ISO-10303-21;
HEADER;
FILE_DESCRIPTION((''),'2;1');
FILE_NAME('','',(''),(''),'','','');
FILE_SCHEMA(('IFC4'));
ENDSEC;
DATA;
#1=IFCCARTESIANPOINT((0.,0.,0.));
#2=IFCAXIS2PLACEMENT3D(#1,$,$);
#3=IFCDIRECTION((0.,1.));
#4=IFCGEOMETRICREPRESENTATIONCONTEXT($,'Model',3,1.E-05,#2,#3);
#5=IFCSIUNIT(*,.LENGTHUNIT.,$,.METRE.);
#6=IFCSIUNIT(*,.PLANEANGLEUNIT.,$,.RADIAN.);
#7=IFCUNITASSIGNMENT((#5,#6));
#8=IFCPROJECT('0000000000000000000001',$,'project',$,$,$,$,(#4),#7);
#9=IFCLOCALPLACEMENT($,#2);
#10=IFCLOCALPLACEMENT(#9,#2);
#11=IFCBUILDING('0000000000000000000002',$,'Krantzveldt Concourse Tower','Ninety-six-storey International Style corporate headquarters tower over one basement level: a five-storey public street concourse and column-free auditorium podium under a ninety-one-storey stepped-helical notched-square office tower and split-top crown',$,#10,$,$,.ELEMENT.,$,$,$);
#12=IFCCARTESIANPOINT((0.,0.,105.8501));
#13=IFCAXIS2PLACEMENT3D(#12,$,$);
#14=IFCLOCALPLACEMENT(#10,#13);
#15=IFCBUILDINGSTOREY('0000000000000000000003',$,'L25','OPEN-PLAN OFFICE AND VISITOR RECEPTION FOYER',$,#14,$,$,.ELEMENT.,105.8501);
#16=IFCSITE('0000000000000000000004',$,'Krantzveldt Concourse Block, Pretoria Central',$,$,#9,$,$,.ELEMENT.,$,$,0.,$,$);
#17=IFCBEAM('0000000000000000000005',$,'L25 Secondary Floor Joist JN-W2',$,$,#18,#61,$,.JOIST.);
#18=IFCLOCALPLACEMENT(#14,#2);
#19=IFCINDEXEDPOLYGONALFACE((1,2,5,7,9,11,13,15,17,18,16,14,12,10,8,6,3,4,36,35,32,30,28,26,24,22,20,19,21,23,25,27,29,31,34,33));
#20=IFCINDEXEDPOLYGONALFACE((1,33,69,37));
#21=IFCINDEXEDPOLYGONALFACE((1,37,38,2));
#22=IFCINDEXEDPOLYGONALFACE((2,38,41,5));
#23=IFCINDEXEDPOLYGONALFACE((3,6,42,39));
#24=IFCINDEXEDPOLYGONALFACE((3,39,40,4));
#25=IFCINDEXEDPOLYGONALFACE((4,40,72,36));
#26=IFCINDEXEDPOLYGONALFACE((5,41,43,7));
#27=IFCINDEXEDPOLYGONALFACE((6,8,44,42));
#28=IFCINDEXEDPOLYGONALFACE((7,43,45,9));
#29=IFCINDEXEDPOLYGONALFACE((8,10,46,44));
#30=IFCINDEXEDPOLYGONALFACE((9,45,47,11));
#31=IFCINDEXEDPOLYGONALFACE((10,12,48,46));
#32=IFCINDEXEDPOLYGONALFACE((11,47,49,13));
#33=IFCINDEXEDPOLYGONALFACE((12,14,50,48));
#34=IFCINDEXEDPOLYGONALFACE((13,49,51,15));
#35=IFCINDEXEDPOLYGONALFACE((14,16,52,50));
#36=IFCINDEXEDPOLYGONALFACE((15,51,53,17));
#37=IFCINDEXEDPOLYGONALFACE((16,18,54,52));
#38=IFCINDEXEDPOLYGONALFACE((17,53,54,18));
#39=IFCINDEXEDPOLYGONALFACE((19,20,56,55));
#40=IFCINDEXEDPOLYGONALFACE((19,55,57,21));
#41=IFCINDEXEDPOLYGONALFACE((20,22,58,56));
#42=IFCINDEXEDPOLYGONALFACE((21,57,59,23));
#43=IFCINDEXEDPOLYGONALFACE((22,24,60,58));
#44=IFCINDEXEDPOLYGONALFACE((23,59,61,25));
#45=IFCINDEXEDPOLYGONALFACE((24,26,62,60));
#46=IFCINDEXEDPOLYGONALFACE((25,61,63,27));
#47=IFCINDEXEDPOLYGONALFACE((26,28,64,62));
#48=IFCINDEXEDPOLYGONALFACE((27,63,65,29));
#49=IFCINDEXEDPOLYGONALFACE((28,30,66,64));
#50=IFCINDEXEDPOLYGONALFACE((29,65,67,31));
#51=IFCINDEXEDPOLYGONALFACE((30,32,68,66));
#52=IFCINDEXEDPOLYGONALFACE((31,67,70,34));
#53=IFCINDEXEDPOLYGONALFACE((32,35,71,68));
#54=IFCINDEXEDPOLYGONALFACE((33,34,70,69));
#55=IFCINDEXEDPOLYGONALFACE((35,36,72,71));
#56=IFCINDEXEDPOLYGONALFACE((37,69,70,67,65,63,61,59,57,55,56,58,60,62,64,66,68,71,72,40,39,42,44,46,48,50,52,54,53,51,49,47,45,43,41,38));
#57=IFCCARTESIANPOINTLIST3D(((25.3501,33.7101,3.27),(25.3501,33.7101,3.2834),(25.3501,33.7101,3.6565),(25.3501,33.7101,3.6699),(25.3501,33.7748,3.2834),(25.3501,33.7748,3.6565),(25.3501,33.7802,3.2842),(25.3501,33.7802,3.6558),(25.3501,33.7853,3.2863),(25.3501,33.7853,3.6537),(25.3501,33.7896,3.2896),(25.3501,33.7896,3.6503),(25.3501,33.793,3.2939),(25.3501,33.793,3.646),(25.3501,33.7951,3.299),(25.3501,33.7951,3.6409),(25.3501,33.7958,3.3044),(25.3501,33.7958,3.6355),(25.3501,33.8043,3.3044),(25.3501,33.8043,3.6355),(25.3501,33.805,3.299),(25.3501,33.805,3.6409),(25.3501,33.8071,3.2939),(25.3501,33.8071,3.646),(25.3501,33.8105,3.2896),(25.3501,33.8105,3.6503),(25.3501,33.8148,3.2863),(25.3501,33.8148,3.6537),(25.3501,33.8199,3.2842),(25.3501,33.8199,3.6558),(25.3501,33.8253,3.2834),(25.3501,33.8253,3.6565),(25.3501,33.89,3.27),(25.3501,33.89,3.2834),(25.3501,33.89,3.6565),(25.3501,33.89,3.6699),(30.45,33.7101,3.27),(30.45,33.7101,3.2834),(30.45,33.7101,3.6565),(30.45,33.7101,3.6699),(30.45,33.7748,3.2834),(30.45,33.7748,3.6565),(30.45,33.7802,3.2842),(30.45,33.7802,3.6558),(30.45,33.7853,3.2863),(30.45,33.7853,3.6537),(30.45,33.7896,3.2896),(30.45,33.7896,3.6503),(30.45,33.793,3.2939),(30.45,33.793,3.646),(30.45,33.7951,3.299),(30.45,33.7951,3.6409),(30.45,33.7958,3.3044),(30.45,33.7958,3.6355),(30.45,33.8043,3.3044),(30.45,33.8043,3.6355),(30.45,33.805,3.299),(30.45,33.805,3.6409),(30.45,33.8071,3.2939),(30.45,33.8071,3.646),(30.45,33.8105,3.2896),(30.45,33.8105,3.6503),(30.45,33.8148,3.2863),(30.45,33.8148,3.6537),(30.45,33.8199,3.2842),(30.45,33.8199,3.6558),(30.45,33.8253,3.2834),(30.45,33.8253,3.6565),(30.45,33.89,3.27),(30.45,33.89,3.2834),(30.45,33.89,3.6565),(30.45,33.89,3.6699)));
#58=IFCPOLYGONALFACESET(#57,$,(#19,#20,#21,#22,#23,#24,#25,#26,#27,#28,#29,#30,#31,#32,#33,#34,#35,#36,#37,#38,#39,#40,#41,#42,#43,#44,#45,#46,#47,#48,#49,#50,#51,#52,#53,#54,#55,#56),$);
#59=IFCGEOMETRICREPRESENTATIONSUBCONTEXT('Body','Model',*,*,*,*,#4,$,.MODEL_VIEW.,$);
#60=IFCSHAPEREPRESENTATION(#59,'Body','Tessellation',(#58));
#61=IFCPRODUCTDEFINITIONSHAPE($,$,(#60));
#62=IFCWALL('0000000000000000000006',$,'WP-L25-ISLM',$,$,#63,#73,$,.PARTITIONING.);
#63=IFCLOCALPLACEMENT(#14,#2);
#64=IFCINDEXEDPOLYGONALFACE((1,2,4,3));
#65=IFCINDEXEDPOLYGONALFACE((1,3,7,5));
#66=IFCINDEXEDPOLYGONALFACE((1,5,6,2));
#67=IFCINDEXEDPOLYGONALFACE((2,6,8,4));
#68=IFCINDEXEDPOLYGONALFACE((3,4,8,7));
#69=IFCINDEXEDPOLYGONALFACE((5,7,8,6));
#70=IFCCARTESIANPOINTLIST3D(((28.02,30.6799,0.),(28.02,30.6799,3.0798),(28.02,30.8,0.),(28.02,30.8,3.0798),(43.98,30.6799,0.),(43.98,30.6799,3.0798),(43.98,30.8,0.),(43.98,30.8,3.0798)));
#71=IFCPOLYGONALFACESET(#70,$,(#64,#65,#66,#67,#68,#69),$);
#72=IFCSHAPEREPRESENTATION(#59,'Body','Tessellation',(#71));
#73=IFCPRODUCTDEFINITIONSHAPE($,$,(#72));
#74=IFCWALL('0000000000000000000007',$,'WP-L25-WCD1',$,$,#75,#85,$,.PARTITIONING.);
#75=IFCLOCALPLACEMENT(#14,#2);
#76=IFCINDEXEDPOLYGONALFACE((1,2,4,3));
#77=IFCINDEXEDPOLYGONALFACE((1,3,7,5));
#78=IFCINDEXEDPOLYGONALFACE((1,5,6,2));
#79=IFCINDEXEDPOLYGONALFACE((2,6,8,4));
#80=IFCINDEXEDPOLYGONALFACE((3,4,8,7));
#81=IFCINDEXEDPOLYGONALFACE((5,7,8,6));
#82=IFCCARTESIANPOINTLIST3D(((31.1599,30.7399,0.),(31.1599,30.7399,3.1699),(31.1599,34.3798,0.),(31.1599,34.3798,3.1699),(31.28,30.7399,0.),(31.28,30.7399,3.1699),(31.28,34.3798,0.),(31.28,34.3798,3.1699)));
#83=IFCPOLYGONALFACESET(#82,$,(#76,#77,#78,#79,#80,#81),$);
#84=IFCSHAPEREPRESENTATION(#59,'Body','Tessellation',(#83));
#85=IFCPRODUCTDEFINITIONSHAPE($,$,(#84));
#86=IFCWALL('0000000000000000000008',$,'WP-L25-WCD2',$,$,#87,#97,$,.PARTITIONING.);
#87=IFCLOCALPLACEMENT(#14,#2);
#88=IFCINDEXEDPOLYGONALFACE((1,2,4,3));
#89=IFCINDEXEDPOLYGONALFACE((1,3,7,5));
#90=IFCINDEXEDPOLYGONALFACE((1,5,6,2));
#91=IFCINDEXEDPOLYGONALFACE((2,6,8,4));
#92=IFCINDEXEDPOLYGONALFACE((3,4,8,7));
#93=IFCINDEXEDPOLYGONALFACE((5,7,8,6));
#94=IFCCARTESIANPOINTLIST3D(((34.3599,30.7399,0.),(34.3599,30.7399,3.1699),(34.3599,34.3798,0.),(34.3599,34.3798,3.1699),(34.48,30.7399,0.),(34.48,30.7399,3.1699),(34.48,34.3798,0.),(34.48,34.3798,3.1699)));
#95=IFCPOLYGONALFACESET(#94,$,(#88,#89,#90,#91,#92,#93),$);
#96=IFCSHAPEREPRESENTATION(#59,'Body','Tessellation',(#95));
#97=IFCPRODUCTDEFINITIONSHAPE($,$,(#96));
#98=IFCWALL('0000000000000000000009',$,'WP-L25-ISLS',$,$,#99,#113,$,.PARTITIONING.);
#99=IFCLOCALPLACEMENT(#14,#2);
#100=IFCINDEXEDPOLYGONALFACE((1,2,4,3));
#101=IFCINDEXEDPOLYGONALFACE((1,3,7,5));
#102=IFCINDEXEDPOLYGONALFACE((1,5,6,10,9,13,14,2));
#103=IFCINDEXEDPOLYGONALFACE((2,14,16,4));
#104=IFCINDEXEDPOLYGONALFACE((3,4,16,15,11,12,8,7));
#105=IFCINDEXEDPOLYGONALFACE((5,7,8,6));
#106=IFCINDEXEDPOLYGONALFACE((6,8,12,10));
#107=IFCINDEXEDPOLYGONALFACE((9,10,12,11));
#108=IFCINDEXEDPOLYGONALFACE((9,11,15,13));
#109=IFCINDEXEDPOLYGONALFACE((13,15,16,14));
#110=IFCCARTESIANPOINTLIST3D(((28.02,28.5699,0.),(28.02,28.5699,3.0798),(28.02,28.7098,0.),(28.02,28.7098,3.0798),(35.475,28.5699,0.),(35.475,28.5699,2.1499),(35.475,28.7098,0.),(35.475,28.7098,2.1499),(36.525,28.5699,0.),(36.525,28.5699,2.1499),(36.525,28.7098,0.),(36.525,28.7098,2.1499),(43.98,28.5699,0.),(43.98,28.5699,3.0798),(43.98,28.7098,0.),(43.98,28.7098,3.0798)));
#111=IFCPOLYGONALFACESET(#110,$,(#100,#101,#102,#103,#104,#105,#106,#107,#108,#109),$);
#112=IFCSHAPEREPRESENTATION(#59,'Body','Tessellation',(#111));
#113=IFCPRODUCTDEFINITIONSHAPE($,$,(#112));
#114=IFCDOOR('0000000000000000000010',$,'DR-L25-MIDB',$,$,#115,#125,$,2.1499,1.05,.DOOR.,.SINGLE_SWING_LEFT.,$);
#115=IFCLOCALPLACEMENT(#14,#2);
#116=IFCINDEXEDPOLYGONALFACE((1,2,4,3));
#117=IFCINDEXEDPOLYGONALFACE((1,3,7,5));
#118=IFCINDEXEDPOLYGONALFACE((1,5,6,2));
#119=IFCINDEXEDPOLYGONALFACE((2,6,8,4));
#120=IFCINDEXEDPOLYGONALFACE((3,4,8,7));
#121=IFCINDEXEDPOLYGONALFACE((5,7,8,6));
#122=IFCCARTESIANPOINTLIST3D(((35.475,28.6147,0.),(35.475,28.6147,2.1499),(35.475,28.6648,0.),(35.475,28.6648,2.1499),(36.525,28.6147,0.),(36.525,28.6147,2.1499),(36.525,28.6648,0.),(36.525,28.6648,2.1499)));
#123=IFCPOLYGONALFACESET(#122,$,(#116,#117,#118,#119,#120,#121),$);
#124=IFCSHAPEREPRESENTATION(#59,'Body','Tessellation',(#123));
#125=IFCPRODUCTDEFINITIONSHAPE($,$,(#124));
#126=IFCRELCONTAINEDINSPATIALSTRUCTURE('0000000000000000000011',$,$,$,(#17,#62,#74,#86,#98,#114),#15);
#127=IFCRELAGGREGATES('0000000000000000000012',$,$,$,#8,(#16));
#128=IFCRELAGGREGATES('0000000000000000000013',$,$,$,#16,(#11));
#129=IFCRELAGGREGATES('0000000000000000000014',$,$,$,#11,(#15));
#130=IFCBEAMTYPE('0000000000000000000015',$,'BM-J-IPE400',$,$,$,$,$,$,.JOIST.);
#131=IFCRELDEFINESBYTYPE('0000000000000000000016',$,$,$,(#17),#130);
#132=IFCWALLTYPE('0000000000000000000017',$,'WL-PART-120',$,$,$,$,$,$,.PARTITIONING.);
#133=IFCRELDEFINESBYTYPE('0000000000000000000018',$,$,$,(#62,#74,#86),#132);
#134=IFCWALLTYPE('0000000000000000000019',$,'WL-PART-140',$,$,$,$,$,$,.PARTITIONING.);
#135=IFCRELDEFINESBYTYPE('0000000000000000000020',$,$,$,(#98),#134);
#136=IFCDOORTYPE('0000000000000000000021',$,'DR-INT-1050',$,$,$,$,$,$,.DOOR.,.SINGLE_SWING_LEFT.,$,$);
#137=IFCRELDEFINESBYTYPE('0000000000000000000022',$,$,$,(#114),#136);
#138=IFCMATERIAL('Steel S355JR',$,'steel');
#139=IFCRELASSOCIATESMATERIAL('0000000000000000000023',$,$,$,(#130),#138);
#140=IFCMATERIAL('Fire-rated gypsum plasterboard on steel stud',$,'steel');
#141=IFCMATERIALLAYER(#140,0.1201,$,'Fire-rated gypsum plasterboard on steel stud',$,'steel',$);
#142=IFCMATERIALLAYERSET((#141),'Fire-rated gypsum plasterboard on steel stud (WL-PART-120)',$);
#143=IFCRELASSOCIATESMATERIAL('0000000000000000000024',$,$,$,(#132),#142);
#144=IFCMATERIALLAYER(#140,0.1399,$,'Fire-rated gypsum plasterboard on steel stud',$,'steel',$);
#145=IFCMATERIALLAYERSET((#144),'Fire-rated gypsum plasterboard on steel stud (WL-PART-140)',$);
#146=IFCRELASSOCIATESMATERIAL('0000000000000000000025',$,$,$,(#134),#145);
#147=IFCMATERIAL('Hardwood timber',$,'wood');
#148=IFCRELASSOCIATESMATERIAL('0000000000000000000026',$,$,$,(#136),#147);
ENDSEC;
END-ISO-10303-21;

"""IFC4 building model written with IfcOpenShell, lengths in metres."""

from ifc_helpers import new_model, si_unit, direction, frame, frame_2d, origin, origin_2d, place, context, subcontext, project, spatial, rectangle, i_section, extrude, source, transform, mapped, material, layer, layer_set, material_profile, profile_set, type_object, type_shapes, element, fill, save


model = new_model("IFC4")

# Units and contexts
model_context = context("Model", 3, precision=1e-05, world=origin(), true_north=direction((0.0, 1.0)))
body_context = subcontext(model_context, "Body", "Model", "MODEL_VIEW")
ifc_project = project(units=[si_unit("LENGTHUNIT", "METRE"), si_unit("PLANEANGLEUNIT", "RADIAN")], contexts=[model_context])

# Site, building, storey
site_placement = place(None, origin())
site = spatial("IfcSite", under=ifc_project, at=site_placement, Name="Krantzveldt Concourse Block, Pretoria Central", CompositionType="ELEMENT", RefElevation=0.0)
building_placement = place(site_placement, origin())
building = spatial("IfcBuilding", under=site, at=building_placement, Name="Krantzveldt Concourse Tower", Description="Ninety-six-storey International Style corporate headquarters tower over one basement level: a five-storey public street concourse and column-free auditorium podium under a ninety-one-storey stepped-helical notched-square office tower and split-top crown", CompositionType="ELEMENT")
storey_placement = place(building_placement, frame((0.0, 0.0, 105.8501)))
storey = spatial("IfcBuildingStorey", under=building, at=storey_placement, Name="L25", Description="OPEN-PLAN OFFICE AND VISITOR RECEPTION FOYER", CompositionType="ELEMENT", Elevation=105.8501)

# Beam
ifc_material_1 = material(Name="Steel S355JR", Category="steel")
ifc_material_profile_1 = material_profile(ifc_material_1, i_section(OverallWidth=0.1799, OverallDepth=0.3999, WebThickness=0.0085, FlangeThickness=0.0134, FilletRadius=0.021, at=origin_2d()), Name="Steel S355JR", Category="steel")
ifc_profile_set_1 = profile_set([ifc_material_profile_1], Name="Steel S355JR - IPE 400")
beam_type_1 = type_object("IfcBeamType", Name="BM-J-IPE400", PredefinedType="JOIST", material=ifc_profile_set_1)
shared_shape_1 = source(origin(), body_context, "Body", "SweptSolid", [
    extrude(i_section(OverallWidth=0.1799, OverallDepth=0.3999, WebThickness=0.0085, FlangeThickness=0.0134, FilletRadius=0.021, at=origin_2d()), origin(), (0.0, 0.0, 1.0), 5.0999),
])
type_shapes(beam_type_1, [shared_shape_1])
beam_1_placement = place(storey_placement, frame((25.3501, 33.8, 3.47), z_axis=(1.0, 0.0, 0.0), x_axis=(0.0, 1.0, 0.0)))
element("IfcBeam", 1, at=beam_1_placement, inside=storey, type_object=beam_type_1, Name="L25 Secondary Floor Joist JN-W2", PredefinedType="JOIST", context=body_context, shape_type="MappedRepresentation", body=[
    mapped(shared_shape_1, transform((0.0, 0.0, 0.0), x_axis=(1.0, 0.0, 0.0), y_axis=(0.0, 1.0, 0.0), z_axis=(0.0, 0.0, 1.0), scale=1.0)),
])

# Walls
ifc_material_2 = material(Name="Fire-rated gypsum plasterboard on steel stud", Category="steel")
ifc_layer_1 = layer(ifc_material_2, 0.1201, Name="Fire-rated gypsum plasterboard on steel stud", Category="steel")
ifc_layer_set_1 = layer_set([ifc_layer_1], Name="Fire-rated gypsum plasterboard on steel stud (WL-PART-120)")
wall_type_1 = type_object("IfcWallType", Name="WL-PART-120", PredefinedType="PARTITIONING", material=ifc_layer_set_1)
wall_1_placement = place(storey_placement, frame((28.02, 30.74, 0.0), z_axis=(0.0, 0.0, 1.0), x_axis=(1.0, 0.0, 0.0)))
element("IfcWall", 2, at=wall_1_placement, inside=storey, type_object=wall_type_1, Name="WP-L25-ISLM", PredefinedType="PARTITIONING", context=body_context, shape_type="SweptSolid", body=[
    extrude(rectangle(XDim=15.96, YDim=0.1201, at=frame_2d((7.98, 0.0))), origin(), (0.0, 0.0, 1.0), 3.0798),
])
for number, where, z_axis, x_axis, name in (
    (3, (31.22, 30.74, 0.0), (0.0, 0.0, 1.0), (0.0, 1.0, 0.0), "WP-L25-WCD1"),
    (4, (34.4199, 30.74, 0.0), (0.0, 0.0, 1.0), (0.0, 1.0, 0.0), "WP-L25-WCD2"),
):
    element("IfcWall", number, at=place(storey_placement, frame(where, z_axis=z_axis, x_axis=x_axis)), inside=storey, type_object=wall_type_1, Name=name, PredefinedType="PARTITIONING", context=body_context, shape_type="SweptSolid", body=[
        extrude(rectangle(XDim=3.6399, YDim=0.1201, at=frame_2d((1.8198, 0.0))), origin(), (0.0, 0.0, 1.0), 3.1699),
    ])

# Wall, opening, door
ifc_layer_2 = layer(ifc_material_2, 0.1399, Name="Fire-rated gypsum plasterboard on steel stud", Category="steel")
ifc_layer_set_2 = layer_set([ifc_layer_2], Name="Fire-rated gypsum plasterboard on steel stud (WL-PART-140)")
wall_type_2 = type_object("IfcWallType", Name="WL-PART-140", PredefinedType="PARTITIONING", material=ifc_layer_set_2)
wall_2_placement = place(storey_placement, frame((28.02, 28.6399, 0.0), z_axis=(0.0, 0.0, 1.0), x_axis=(1.0, 0.0, 0.0)))
wall_2 = element("IfcWall", 5, at=wall_2_placement, inside=storey, type_object=wall_type_2, Name="WP-L25-ISLS", PredefinedType="PARTITIONING", context=body_context, shape_type="SweptSolid", body=[
    extrude(rectangle(XDim=15.96, YDim=0.1399, at=frame_2d((7.98, 0.0))), origin(), (0.0, 0.0, 1.0), 3.0798),
])
opening_1_placement = place(wall_2_placement, frame((7.4551, 0.0, 0.0)))
opening_1 = element("IfcOpeningElement", 6, at=opening_1_placement, cuts=wall_2, PredefinedType="OPENING", context=body_context, shape_type="SweptSolid", body=[
    extrude(rectangle(XDim=1.05, YDim=2.1499, at=frame_2d((0.5249, 1.075))), frame((0.0, 0.0801, 0.0), z_axis=(0.0, -1.0, 0.0), x_axis=(1.0, 0.0, 0.0)), (0.0, 0.0, 1.0), 0.1599),
])
ifc_material_3 = material(Name="Hardwood timber", Category="wood")
door_type_1 = type_object("IfcDoorType", Name="DR-INT-1050", OperationType="SINGLE_SWING_LEFT", PredefinedType="DOOR", material=ifc_material_3)
door_1_placement = place(opening_1_placement, origin())
door_1 = element("IfcDoor", 7, at=door_1_placement, inside=storey, type_object=door_type_1, Name="DR-L25-MIDB", OperationType="SINGLE_SWING_LEFT", OverallHeight=2.1499, OverallWidth=1.05, PredefinedType="DOOR", context=body_context, shape_type="SweptSolid", body=[
    extrude(rectangle(XDim=1.05, YDim=2.1499, at=frame_2d((0.5249, 1.075))), frame((0.0, 0.0249, 0.0), z_axis=(0.0, -1.0, 0.0), x_axis=(1.0, 0.0, 0.0)), (0.0, 0.0, 1.0), 0.05),
])
fill(opening_1, door_1)

save(model, "model.ifc")
